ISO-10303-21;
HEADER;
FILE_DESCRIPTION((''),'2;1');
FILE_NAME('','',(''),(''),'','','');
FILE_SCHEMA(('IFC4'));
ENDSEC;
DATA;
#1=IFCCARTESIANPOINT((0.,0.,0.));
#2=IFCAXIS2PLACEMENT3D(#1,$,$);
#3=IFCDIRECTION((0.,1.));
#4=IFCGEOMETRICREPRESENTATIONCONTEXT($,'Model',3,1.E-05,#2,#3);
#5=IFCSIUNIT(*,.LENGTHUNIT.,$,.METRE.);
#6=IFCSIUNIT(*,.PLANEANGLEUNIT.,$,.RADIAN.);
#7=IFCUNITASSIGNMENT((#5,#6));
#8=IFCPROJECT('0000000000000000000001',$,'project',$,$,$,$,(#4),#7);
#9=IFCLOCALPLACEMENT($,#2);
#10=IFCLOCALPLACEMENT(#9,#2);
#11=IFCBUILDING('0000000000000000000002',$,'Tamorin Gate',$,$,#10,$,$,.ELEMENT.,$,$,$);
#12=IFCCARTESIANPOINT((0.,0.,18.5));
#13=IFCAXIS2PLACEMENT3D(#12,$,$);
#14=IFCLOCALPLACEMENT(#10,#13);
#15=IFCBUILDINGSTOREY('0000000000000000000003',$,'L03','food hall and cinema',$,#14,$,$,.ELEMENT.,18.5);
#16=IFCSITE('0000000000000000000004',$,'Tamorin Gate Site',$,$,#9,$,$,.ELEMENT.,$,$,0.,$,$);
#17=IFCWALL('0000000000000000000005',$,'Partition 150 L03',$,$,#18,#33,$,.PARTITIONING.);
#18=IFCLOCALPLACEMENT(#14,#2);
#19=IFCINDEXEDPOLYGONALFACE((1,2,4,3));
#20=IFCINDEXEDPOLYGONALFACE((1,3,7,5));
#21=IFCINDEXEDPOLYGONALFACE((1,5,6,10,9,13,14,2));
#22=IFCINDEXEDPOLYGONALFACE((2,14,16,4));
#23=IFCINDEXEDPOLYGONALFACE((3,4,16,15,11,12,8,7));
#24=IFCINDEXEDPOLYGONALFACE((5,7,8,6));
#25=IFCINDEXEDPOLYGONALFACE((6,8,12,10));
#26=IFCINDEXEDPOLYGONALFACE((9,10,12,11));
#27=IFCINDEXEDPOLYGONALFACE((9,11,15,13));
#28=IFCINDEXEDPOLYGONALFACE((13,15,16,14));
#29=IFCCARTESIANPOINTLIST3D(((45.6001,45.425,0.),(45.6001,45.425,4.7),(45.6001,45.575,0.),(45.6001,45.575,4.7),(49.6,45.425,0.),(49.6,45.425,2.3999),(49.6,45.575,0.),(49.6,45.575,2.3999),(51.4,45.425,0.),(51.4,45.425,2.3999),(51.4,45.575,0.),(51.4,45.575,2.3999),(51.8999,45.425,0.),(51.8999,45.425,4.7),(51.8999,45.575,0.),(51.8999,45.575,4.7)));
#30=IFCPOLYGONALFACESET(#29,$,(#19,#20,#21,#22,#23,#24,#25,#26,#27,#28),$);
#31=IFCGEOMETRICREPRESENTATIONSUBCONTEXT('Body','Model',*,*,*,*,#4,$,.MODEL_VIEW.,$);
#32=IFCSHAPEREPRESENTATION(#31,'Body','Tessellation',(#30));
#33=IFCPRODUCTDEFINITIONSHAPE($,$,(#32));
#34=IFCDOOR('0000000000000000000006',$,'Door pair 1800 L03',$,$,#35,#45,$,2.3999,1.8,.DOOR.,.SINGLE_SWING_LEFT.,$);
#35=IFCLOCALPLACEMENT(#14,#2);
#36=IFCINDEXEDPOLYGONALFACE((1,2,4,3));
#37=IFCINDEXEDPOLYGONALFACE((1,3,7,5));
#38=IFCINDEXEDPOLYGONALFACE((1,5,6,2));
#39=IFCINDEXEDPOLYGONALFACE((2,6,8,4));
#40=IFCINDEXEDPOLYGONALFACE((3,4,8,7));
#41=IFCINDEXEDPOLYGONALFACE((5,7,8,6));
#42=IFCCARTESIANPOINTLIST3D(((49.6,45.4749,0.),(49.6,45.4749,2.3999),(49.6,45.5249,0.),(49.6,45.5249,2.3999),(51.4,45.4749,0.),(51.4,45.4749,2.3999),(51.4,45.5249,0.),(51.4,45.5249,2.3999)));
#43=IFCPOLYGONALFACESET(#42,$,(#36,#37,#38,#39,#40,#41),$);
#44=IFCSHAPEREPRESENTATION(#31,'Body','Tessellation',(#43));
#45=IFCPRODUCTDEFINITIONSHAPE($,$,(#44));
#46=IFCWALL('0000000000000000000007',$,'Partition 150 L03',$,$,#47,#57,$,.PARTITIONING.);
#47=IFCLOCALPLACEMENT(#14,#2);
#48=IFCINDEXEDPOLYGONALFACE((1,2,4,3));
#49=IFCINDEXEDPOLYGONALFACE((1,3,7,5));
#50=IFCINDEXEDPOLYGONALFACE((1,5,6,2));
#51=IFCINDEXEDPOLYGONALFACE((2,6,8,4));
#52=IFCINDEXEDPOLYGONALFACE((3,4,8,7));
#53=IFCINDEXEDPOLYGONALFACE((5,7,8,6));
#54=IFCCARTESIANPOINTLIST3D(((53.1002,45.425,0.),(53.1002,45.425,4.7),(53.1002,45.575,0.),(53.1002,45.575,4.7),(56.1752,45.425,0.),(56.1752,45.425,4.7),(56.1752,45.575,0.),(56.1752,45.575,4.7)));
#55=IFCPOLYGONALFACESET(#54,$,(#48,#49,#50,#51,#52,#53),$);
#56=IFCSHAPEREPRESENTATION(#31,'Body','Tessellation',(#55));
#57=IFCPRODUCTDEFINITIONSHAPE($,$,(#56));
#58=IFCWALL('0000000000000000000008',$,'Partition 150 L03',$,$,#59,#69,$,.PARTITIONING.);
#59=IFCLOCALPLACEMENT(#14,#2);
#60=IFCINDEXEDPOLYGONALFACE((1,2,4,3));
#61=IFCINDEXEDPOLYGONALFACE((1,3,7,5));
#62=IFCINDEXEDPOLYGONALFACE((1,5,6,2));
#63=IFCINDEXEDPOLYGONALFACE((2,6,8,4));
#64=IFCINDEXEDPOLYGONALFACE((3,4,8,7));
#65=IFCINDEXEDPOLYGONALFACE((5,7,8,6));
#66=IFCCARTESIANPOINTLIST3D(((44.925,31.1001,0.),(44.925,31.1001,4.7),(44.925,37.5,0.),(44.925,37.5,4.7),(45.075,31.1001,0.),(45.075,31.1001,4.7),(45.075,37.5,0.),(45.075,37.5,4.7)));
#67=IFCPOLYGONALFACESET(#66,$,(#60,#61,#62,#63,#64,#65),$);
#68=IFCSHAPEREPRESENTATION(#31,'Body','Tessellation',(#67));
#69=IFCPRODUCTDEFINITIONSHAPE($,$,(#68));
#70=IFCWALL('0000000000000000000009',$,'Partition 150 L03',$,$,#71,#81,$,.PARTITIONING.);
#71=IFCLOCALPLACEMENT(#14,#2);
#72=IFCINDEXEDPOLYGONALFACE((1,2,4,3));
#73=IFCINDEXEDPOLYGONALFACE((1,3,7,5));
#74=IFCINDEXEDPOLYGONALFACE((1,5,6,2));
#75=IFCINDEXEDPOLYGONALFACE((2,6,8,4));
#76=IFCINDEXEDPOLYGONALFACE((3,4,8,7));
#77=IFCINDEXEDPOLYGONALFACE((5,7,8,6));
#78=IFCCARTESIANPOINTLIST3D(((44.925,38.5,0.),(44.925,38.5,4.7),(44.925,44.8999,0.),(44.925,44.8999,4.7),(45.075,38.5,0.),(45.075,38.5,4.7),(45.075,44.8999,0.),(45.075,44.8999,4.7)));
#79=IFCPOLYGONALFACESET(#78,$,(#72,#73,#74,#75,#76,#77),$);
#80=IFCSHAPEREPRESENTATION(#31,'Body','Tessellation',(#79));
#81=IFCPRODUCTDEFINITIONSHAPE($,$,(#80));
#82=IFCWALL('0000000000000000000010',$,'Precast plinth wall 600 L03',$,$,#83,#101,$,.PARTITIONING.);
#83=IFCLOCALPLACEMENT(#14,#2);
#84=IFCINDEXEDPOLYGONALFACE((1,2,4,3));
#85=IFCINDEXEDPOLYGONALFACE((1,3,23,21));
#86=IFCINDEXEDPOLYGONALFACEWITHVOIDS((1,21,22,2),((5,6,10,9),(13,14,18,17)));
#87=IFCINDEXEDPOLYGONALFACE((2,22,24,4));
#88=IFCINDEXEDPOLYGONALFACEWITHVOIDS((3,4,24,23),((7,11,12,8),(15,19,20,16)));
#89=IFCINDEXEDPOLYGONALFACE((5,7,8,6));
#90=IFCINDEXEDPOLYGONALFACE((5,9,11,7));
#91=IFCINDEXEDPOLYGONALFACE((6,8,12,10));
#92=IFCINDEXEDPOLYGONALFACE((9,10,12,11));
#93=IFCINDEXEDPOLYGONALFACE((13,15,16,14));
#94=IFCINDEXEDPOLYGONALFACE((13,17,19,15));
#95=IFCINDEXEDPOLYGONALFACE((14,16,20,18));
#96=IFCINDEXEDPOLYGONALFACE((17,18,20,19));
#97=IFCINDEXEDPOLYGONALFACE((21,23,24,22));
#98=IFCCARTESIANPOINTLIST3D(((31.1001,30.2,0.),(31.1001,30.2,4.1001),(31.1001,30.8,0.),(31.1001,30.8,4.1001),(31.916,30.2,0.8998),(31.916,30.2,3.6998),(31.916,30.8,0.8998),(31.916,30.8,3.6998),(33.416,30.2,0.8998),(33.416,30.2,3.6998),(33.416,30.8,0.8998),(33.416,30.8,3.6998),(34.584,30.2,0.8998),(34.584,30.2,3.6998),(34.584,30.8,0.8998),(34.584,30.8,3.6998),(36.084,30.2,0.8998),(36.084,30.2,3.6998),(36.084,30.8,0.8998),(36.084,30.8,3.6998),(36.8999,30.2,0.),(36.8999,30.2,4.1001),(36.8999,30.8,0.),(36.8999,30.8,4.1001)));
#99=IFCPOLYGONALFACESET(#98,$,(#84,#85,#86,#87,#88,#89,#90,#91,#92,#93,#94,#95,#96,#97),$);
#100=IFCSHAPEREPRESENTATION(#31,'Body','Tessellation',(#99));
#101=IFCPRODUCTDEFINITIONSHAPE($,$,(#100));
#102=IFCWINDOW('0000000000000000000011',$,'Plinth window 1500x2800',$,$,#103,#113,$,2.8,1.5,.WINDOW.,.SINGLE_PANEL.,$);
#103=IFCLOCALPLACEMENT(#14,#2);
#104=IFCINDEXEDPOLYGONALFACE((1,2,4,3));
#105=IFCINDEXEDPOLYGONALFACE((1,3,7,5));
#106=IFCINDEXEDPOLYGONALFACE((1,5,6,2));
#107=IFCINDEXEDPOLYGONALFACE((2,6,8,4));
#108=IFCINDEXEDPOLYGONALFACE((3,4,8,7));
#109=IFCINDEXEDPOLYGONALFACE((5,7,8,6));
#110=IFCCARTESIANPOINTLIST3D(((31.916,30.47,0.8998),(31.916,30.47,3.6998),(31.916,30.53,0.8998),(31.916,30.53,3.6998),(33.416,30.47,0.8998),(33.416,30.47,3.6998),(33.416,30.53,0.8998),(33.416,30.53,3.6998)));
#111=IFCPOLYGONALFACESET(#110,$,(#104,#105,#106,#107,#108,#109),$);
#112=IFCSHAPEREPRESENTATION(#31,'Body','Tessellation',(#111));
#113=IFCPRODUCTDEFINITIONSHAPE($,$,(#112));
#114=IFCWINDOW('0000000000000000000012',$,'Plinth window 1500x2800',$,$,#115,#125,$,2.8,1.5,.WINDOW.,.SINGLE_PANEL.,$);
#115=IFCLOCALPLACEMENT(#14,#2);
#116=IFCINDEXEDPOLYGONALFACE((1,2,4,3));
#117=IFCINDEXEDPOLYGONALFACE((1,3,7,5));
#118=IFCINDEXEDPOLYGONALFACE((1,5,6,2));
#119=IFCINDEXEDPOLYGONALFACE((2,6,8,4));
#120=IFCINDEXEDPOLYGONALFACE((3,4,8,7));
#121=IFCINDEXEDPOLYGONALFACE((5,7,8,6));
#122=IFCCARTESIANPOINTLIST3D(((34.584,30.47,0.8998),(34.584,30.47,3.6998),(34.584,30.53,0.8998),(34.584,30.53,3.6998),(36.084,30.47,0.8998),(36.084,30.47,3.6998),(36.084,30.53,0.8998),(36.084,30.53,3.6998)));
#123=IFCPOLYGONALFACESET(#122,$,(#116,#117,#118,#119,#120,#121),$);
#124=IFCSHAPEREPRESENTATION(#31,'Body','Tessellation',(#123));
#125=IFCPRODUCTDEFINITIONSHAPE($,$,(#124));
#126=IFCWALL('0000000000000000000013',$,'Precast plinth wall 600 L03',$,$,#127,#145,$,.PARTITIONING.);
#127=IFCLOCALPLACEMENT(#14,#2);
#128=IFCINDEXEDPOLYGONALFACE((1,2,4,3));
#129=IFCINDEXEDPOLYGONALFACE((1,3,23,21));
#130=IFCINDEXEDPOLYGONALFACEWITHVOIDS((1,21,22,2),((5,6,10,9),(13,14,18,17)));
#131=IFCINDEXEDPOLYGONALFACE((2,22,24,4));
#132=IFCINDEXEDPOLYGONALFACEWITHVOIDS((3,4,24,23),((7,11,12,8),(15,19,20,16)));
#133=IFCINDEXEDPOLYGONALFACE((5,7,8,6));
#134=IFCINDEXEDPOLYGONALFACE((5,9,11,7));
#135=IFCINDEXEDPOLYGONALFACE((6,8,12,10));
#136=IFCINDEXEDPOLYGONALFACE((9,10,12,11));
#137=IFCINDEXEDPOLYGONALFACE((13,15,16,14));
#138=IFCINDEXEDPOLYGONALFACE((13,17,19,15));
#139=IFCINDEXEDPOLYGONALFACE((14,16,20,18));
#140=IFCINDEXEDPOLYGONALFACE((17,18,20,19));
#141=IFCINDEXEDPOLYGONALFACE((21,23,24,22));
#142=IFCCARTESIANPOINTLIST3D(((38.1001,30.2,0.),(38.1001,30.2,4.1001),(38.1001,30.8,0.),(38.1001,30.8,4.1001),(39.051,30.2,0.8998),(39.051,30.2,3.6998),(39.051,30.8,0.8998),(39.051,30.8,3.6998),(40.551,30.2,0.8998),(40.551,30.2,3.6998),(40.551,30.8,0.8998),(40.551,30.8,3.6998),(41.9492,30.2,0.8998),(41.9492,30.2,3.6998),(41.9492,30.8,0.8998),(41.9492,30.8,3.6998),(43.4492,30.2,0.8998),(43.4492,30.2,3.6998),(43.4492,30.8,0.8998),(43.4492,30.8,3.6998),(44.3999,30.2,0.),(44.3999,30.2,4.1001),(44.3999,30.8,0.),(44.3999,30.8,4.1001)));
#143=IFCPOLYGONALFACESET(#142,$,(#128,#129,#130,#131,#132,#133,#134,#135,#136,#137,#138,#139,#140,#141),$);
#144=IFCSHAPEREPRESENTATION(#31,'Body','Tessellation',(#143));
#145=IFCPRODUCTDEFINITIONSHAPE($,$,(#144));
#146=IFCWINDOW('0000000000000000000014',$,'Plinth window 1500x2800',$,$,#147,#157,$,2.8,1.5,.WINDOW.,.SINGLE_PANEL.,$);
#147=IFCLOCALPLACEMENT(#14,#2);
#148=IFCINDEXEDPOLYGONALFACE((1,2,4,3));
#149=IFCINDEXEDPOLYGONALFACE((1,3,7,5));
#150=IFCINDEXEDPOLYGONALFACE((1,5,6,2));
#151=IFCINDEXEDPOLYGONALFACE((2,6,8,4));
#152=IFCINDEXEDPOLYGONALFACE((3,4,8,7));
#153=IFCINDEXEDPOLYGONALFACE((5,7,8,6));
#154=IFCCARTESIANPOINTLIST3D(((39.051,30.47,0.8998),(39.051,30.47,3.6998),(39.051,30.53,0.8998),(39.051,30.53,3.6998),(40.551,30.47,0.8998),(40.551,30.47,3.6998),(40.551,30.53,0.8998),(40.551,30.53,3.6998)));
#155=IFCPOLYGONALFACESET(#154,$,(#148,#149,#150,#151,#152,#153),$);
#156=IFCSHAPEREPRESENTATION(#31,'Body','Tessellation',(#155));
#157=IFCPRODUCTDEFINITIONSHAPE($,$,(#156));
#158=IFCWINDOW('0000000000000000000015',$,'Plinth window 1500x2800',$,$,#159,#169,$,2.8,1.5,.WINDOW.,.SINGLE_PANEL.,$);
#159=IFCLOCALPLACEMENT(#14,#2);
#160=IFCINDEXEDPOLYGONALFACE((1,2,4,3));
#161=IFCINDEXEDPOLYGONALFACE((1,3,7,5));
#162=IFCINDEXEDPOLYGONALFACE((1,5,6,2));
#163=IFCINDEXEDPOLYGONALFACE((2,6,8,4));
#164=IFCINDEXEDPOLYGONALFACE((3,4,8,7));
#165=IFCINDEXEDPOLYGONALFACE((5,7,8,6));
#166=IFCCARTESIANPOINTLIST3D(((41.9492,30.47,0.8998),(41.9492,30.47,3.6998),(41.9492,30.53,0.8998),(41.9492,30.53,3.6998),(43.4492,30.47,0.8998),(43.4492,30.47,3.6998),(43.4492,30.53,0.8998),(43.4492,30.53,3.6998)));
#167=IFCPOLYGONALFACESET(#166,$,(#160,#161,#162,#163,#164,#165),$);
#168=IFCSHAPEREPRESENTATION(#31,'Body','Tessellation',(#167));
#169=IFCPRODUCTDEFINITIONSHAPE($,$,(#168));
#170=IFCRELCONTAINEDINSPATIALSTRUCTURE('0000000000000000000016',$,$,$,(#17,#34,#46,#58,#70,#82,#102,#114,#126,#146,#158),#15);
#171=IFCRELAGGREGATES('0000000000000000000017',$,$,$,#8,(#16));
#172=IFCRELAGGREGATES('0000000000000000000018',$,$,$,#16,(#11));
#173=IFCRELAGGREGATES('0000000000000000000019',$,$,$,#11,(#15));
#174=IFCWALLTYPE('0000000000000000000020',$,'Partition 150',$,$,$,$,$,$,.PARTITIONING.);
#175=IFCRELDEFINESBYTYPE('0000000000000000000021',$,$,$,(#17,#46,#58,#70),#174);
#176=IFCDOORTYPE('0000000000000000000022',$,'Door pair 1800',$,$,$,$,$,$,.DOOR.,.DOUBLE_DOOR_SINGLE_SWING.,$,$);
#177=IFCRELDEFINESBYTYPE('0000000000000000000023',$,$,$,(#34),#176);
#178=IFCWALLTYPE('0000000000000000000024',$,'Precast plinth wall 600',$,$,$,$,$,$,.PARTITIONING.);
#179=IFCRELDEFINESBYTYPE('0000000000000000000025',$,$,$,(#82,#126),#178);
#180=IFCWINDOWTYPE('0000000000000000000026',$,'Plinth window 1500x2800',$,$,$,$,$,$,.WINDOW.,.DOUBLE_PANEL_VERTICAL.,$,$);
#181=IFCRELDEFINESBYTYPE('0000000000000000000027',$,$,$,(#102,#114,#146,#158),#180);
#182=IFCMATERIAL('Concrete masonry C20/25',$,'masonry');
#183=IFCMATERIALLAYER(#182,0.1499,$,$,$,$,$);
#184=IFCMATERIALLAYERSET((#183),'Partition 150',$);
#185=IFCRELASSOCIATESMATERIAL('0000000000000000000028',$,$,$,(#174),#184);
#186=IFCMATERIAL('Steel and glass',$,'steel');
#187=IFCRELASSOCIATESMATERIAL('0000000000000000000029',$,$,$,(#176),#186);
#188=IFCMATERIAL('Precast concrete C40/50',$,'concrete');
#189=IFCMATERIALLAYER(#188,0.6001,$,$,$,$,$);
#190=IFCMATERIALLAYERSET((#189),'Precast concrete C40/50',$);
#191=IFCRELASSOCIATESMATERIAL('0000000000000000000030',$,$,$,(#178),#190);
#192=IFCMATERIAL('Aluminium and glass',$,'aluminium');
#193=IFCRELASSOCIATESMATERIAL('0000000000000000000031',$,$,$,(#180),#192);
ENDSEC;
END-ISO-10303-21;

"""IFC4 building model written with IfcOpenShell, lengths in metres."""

from ifc_helpers import new_model, si_unit, direction, frame, frame_2d, origin, place, context, subcontext, project, spatial, rectangle, extrude, material, layer, layer_set, type_object, element, fill, save


model = new_model("IFC4")

# Units and contexts
model_context = context("Model", 3, precision=1e-05, world=origin(), true_north=direction((0.0, 1.0)))
body_context = subcontext(model_context, "Body", "Model", "MODEL_VIEW")
ifc_project = project(units=[si_unit("LENGTHUNIT", "METRE"), si_unit("PLANEANGLEUNIT", "RADIAN")], contexts=[model_context])

# Site, building, storey
site_placement = place(None, origin())
site = spatial("IfcSite", under=ifc_project, at=site_placement, Name="Tamorin Gate Site", CompositionType="ELEMENT", RefElevation=0.0)
building_placement = place(site_placement, origin())
building = spatial("IfcBuilding", under=site, at=building_placement, Name="Tamorin Gate", CompositionType="ELEMENT")
storey_placement = place(building_placement, frame((0.0, 0.0, 18.5)))
storey = spatial("IfcBuildingStorey", under=building, at=storey_placement, Name="L03", Description="food hall and cinema", CompositionType="ELEMENT", Elevation=18.5)

# Wall, opening, door
ifc_material_1 = material(Name="Concrete masonry C20/25", Category="masonry")
ifc_layer_1 = layer(ifc_material_1, 0.1499)
ifc_layer_set_1 = layer_set([ifc_layer_1], Name="Partition 150")
wall_type_1 = type_object("IfcWallType", Name="Partition 150", PredefinedType="PARTITIONING", material=ifc_layer_set_1)
ifc_material_2 = material(Name="Steel and glass", Category="steel")
door_type = type_object("IfcDoorType", Name="Door pair 1800", OperationType="DOUBLE_DOOR_SINGLE_SWING", PredefinedType="DOOR", material=ifc_material_2)
wall_1_placement = place(storey_placement, frame((45.6001, 45.5, 0.0), z_axis=(0.0, 0.0, 1.0), x_axis=(1.0, 0.0, 0.0)))
wall_1 = element("IfcWall", 1, at=wall_1_placement, inside=storey, type_object=wall_type_1, Name="Partition 150 L03", PredefinedType="PARTITIONING", context=body_context, shape_type="SweptSolid", body=[
    extrude(rectangle(XDim=6.2998, YDim=0.1499, at=frame_2d((3.1499, 0.0))), origin(), (0.0, 0.0, 1.0), 4.7),
])
opening_1_placement = place(wall_1_placement, frame((4.0, 0.0, 0.0)))
opening_1 = element("IfcOpeningElement", 2, at=opening_1_placement, cuts=wall_1, PredefinedType="OPENING", context=body_context, shape_type="SweptSolid", body=[
    extrude(rectangle(XDim=1.8, YDim=2.3999, at=frame_2d((0.8999, 1.2))), frame((0.0, 0.085, 0.0), z_axis=(0.0, -1.0, 0.0), x_axis=(1.0, 0.0, 0.0)), (0.0, 0.0, 1.0), 0.1699),
])
door_1_placement = place(opening_1_placement, origin())
door_1 = element("IfcDoor", 3, at=door_1_placement, inside=storey, type_object=door_type, Name="Door pair 1800 L03", OperationType="SINGLE_SWING_LEFT", OverallHeight=2.3999, OverallWidth=1.8, PredefinedType="DOOR", context=body_context, shape_type="SweptSolid", body=[
    extrude(rectangle(XDim=1.8, YDim=2.3999, at=frame_2d((0.8999, 1.2))), frame((0.0, 0.0249, 0.0), z_axis=(0.0, -1.0, 0.0), x_axis=(1.0, 0.0, 0.0)), (0.0, 0.0, 1.0), 0.05),
])
fill(opening_1, door_1)

# Walls
wall_2_placement = place(storey_placement, frame((53.1001, 45.5, 0.0), z_axis=(0.0, 0.0, 1.0), x_axis=(1.0, 0.0, 0.0)))
element("IfcWall", 4, at=wall_2_placement, inside=storey, type_object=wall_type_1, Name="Partition 150 L03", PredefinedType="PARTITIONING", context=body_context, shape_type="SweptSolid", body=[
    extrude(rectangle(XDim=3.075, YDim=0.1499, at=frame_2d((1.5376, 0.0))), origin(), (0.0, 0.0, 1.0), 4.7),
])
for number, where, z_axis, x_axis, name in (
    (5, (45.0, 31.1001, 0.0), (0.0, 0.0, 1.0), (0.0, 1.0, 0.0), "Partition 150 L03"),
    (6, (45.0, 38.5, 0.0), (0.0, 0.0, 1.0), (0.0, 1.0, 0.0), "Partition 150 L03"),
):
    element("IfcWall", number, at=place(storey_placement, frame(where, z_axis=z_axis, x_axis=x_axis)), inside=storey, type_object=wall_type_1, Name=name, PredefinedType="PARTITIONING", context=body_context, shape_type="SweptSolid", body=[
        extrude(rectangle(XDim=6.3999, YDim=0.1499, at=frame_2d((3.2, 0.0))), origin(), (0.0, 0.0, 1.0), 4.7),
    ])

# Walls, openings, windows
ifc_material_3 = material(Name="Precast concrete C40/50", Category="concrete")
ifc_layer_2 = layer(ifc_material_3, 0.6001)
ifc_layer_set_2 = layer_set([ifc_layer_2], Name="Precast concrete C40/50")
wall_type_2 = type_object("IfcWallType", Name="Precast plinth wall 600", PredefinedType="PARTITIONING", material=ifc_layer_set_2)
wall_3_placement = place(storey_placement, frame((31.1001, 30.5, 0.0), z_axis=(0.0, 0.0, 1.0), x_axis=(1.0, 0.0, 0.0)))
wall_3 = element("IfcWall", 7, at=wall_3_placement, inside=storey, type_object=wall_type_2, Name="Precast plinth wall 600 L03", PredefinedType="PARTITIONING", context=body_context, shape_type="SweptSolid", body=[
    extrude(rectangle(XDim=5.7998, YDim=0.6001, at=frame_2d((2.8999, 0.0))), origin(), (0.0, 0.0, 1.0), 4.1001),
])
opening_2_placement = place(wall_3_placement, frame((0.8159, 0.0, 0.8999)))
opening_2 = element("IfcOpeningElement", 8, at=opening_2_placement, cuts=wall_3, PredefinedType="OPENING", context=body_context, shape_type="SweptSolid", body=[
    extrude(rectangle(XDim=1.5, YDim=2.8, at=frame_2d((0.75, 1.3999))), frame((0.0, 0.3101, 0.0), z_axis=(0.0, -1.0, 0.0), x_axis=(1.0, 0.0, 0.0)), (0.0, 0.0, 1.0), 0.6201),
])
opening_3_placement = place(wall_3_placement, frame((3.4839, 0.0, 0.8999)))
opening_3 = element("IfcOpeningElement", 9, at=opening_3_placement, cuts=wall_3, PredefinedType="OPENING", context=body_context, shape_type="SweptSolid", body=[
    extrude(rectangle(XDim=1.5, YDim=2.8, at=frame_2d((0.75, 1.3999))), frame((0.0, 0.3101, 0.0), z_axis=(0.0, -1.0, 0.0), x_axis=(1.0, 0.0, 0.0)), (0.0, 0.0, 1.0), 0.6201),
])
ifc_material_4 = material(Name="Aluminium and glass", Category="aluminium")
window_type_1 = type_object("IfcWindowType", Name="Plinth window 1500x2800", PartitioningType="DOUBLE_PANEL_VERTICAL", PredefinedType="WINDOW", material=ifc_material_4)
window_1_placement = place(opening_2_placement, origin())
window_1 = element("IfcWindow", 10, at=window_1_placement, inside=storey, type_object=window_type_1, Name="Plinth window 1500x2800", OverallHeight=2.8, OverallWidth=1.5, PartitioningType="SINGLE_PANEL", PredefinedType="WINDOW", context=body_context, shape_type="SweptSolid", body=[
    extrude(rectangle(XDim=1.5, YDim=2.8, at=frame_2d((0.75, 1.3999))), frame((0.0, 0.03, 0.0), z_axis=(0.0, -1.0, 0.0), x_axis=(1.0, 0.0, 0.0)), (0.0, 0.0, 1.0), 0.0601),
])
fill(opening_2, window_1)
window_2_placement = place(opening_3_placement, origin())
window_2 = element("IfcWindow", 11, at=window_2_placement, inside=storey, type_object=window_type_1, Name="Plinth window 1500x2800", OverallHeight=2.8, OverallWidth=1.5, PartitioningType="SINGLE_PANEL", PredefinedType="WINDOW", context=body_context, shape_type="SweptSolid", body=[
    extrude(rectangle(XDim=1.5, YDim=2.8, at=frame_2d((0.75, 1.3999))), frame((0.0, 0.03, 0.0), z_axis=(0.0, -1.0, 0.0), x_axis=(1.0, 0.0, 0.0)), (0.0, 0.0, 1.0), 0.0601),
])
fill(opening_3, window_2)
wall_4_placement = place(storey_placement, frame((38.1001, 30.5, 0.0), z_axis=(0.0, 0.0, 1.0), x_axis=(1.0, 0.0, 0.0)))
wall_4 = element("IfcWall", 12, at=wall_4_placement, inside=storey, type_object=wall_type_2, Name="Precast plinth wall 600 L03", PredefinedType="PARTITIONING", context=body_context, shape_type="SweptSolid", body=[
    extrude(rectangle(XDim=6.2998, YDim=0.6001, at=frame_2d((3.1499, 0.0))), origin(), (0.0, 0.0, 1.0), 4.1001),
])
opening_4_placement = place(wall_4_placement, frame((0.9509, 0.0, 0.8999)))
opening_4 = element("IfcOpeningElement", 13, at=opening_4_placement, cuts=wall_4, PredefinedType="OPENING", context=body_context, shape_type="SweptSolid", body=[
    extrude(rectangle(XDim=1.5, YDim=2.8, at=frame_2d((0.75, 1.3999))), frame((0.0, 0.3101, 0.0), z_axis=(0.0, -1.0, 0.0), x_axis=(1.0, 0.0, 0.0)), (0.0, 0.0, 1.0), 0.6201),
])
opening_5_placement = place(wall_4_placement, frame((3.8491, 0.0, 0.8999)))
opening_5 = element("IfcOpeningElement", 14, at=opening_5_placement, cuts=wall_4, PredefinedType="OPENING", context=body_context, shape_type="SweptSolid", body=[
    extrude(rectangle(XDim=1.5, YDim=2.8, at=frame_2d((0.75, 1.3999))), frame((0.0, 0.3101, 0.0), z_axis=(0.0, -1.0, 0.0), x_axis=(1.0, 0.0, 0.0)), (0.0, 0.0, 1.0), 0.6201),
])
window_3_placement = place(opening_4_placement, origin())
window_3 = element("IfcWindow", 15, at=window_3_placement, inside=storey, type_object=window_type_1, Name="Plinth window 1500x2800", OverallHeight=2.8, OverallWidth=1.5, PartitioningType="SINGLE_PANEL", PredefinedType="WINDOW", context=body_context, shape_type="SweptSolid", body=[
    extrude(rectangle(XDim=1.5, YDim=2.8, at=frame_2d((0.75, 1.3999))), frame((0.0, 0.03, 0.0), z_axis=(0.0, -1.0, 0.0), x_axis=(1.0, 0.0, 0.0)), (0.0, 0.0, 1.0), 0.0601),
])
fill(opening_4, window_3)
window_4_placement = place(opening_5_placement, origin())
window_4 = element("IfcWindow", 16, at=window_4_placement, inside=storey, type_object=window_type_1, Name="Plinth window 1500x2800", OverallHeight=2.8, OverallWidth=1.5, PartitioningType="SINGLE_PANEL", PredefinedType="WINDOW", context=body_context, shape_type="SweptSolid", body=[
    extrude(rectangle(XDim=1.5, YDim=2.8, at=frame_2d((0.75, 1.3999))), frame((0.0, 0.03, 0.0), z_axis=(0.0, -1.0, 0.0), x_axis=(1.0, 0.0, 0.0)), (0.0, 0.0, 1.0), 0.0601),
])
fill(opening_5, window_4)

save(model, "model.ifc")
